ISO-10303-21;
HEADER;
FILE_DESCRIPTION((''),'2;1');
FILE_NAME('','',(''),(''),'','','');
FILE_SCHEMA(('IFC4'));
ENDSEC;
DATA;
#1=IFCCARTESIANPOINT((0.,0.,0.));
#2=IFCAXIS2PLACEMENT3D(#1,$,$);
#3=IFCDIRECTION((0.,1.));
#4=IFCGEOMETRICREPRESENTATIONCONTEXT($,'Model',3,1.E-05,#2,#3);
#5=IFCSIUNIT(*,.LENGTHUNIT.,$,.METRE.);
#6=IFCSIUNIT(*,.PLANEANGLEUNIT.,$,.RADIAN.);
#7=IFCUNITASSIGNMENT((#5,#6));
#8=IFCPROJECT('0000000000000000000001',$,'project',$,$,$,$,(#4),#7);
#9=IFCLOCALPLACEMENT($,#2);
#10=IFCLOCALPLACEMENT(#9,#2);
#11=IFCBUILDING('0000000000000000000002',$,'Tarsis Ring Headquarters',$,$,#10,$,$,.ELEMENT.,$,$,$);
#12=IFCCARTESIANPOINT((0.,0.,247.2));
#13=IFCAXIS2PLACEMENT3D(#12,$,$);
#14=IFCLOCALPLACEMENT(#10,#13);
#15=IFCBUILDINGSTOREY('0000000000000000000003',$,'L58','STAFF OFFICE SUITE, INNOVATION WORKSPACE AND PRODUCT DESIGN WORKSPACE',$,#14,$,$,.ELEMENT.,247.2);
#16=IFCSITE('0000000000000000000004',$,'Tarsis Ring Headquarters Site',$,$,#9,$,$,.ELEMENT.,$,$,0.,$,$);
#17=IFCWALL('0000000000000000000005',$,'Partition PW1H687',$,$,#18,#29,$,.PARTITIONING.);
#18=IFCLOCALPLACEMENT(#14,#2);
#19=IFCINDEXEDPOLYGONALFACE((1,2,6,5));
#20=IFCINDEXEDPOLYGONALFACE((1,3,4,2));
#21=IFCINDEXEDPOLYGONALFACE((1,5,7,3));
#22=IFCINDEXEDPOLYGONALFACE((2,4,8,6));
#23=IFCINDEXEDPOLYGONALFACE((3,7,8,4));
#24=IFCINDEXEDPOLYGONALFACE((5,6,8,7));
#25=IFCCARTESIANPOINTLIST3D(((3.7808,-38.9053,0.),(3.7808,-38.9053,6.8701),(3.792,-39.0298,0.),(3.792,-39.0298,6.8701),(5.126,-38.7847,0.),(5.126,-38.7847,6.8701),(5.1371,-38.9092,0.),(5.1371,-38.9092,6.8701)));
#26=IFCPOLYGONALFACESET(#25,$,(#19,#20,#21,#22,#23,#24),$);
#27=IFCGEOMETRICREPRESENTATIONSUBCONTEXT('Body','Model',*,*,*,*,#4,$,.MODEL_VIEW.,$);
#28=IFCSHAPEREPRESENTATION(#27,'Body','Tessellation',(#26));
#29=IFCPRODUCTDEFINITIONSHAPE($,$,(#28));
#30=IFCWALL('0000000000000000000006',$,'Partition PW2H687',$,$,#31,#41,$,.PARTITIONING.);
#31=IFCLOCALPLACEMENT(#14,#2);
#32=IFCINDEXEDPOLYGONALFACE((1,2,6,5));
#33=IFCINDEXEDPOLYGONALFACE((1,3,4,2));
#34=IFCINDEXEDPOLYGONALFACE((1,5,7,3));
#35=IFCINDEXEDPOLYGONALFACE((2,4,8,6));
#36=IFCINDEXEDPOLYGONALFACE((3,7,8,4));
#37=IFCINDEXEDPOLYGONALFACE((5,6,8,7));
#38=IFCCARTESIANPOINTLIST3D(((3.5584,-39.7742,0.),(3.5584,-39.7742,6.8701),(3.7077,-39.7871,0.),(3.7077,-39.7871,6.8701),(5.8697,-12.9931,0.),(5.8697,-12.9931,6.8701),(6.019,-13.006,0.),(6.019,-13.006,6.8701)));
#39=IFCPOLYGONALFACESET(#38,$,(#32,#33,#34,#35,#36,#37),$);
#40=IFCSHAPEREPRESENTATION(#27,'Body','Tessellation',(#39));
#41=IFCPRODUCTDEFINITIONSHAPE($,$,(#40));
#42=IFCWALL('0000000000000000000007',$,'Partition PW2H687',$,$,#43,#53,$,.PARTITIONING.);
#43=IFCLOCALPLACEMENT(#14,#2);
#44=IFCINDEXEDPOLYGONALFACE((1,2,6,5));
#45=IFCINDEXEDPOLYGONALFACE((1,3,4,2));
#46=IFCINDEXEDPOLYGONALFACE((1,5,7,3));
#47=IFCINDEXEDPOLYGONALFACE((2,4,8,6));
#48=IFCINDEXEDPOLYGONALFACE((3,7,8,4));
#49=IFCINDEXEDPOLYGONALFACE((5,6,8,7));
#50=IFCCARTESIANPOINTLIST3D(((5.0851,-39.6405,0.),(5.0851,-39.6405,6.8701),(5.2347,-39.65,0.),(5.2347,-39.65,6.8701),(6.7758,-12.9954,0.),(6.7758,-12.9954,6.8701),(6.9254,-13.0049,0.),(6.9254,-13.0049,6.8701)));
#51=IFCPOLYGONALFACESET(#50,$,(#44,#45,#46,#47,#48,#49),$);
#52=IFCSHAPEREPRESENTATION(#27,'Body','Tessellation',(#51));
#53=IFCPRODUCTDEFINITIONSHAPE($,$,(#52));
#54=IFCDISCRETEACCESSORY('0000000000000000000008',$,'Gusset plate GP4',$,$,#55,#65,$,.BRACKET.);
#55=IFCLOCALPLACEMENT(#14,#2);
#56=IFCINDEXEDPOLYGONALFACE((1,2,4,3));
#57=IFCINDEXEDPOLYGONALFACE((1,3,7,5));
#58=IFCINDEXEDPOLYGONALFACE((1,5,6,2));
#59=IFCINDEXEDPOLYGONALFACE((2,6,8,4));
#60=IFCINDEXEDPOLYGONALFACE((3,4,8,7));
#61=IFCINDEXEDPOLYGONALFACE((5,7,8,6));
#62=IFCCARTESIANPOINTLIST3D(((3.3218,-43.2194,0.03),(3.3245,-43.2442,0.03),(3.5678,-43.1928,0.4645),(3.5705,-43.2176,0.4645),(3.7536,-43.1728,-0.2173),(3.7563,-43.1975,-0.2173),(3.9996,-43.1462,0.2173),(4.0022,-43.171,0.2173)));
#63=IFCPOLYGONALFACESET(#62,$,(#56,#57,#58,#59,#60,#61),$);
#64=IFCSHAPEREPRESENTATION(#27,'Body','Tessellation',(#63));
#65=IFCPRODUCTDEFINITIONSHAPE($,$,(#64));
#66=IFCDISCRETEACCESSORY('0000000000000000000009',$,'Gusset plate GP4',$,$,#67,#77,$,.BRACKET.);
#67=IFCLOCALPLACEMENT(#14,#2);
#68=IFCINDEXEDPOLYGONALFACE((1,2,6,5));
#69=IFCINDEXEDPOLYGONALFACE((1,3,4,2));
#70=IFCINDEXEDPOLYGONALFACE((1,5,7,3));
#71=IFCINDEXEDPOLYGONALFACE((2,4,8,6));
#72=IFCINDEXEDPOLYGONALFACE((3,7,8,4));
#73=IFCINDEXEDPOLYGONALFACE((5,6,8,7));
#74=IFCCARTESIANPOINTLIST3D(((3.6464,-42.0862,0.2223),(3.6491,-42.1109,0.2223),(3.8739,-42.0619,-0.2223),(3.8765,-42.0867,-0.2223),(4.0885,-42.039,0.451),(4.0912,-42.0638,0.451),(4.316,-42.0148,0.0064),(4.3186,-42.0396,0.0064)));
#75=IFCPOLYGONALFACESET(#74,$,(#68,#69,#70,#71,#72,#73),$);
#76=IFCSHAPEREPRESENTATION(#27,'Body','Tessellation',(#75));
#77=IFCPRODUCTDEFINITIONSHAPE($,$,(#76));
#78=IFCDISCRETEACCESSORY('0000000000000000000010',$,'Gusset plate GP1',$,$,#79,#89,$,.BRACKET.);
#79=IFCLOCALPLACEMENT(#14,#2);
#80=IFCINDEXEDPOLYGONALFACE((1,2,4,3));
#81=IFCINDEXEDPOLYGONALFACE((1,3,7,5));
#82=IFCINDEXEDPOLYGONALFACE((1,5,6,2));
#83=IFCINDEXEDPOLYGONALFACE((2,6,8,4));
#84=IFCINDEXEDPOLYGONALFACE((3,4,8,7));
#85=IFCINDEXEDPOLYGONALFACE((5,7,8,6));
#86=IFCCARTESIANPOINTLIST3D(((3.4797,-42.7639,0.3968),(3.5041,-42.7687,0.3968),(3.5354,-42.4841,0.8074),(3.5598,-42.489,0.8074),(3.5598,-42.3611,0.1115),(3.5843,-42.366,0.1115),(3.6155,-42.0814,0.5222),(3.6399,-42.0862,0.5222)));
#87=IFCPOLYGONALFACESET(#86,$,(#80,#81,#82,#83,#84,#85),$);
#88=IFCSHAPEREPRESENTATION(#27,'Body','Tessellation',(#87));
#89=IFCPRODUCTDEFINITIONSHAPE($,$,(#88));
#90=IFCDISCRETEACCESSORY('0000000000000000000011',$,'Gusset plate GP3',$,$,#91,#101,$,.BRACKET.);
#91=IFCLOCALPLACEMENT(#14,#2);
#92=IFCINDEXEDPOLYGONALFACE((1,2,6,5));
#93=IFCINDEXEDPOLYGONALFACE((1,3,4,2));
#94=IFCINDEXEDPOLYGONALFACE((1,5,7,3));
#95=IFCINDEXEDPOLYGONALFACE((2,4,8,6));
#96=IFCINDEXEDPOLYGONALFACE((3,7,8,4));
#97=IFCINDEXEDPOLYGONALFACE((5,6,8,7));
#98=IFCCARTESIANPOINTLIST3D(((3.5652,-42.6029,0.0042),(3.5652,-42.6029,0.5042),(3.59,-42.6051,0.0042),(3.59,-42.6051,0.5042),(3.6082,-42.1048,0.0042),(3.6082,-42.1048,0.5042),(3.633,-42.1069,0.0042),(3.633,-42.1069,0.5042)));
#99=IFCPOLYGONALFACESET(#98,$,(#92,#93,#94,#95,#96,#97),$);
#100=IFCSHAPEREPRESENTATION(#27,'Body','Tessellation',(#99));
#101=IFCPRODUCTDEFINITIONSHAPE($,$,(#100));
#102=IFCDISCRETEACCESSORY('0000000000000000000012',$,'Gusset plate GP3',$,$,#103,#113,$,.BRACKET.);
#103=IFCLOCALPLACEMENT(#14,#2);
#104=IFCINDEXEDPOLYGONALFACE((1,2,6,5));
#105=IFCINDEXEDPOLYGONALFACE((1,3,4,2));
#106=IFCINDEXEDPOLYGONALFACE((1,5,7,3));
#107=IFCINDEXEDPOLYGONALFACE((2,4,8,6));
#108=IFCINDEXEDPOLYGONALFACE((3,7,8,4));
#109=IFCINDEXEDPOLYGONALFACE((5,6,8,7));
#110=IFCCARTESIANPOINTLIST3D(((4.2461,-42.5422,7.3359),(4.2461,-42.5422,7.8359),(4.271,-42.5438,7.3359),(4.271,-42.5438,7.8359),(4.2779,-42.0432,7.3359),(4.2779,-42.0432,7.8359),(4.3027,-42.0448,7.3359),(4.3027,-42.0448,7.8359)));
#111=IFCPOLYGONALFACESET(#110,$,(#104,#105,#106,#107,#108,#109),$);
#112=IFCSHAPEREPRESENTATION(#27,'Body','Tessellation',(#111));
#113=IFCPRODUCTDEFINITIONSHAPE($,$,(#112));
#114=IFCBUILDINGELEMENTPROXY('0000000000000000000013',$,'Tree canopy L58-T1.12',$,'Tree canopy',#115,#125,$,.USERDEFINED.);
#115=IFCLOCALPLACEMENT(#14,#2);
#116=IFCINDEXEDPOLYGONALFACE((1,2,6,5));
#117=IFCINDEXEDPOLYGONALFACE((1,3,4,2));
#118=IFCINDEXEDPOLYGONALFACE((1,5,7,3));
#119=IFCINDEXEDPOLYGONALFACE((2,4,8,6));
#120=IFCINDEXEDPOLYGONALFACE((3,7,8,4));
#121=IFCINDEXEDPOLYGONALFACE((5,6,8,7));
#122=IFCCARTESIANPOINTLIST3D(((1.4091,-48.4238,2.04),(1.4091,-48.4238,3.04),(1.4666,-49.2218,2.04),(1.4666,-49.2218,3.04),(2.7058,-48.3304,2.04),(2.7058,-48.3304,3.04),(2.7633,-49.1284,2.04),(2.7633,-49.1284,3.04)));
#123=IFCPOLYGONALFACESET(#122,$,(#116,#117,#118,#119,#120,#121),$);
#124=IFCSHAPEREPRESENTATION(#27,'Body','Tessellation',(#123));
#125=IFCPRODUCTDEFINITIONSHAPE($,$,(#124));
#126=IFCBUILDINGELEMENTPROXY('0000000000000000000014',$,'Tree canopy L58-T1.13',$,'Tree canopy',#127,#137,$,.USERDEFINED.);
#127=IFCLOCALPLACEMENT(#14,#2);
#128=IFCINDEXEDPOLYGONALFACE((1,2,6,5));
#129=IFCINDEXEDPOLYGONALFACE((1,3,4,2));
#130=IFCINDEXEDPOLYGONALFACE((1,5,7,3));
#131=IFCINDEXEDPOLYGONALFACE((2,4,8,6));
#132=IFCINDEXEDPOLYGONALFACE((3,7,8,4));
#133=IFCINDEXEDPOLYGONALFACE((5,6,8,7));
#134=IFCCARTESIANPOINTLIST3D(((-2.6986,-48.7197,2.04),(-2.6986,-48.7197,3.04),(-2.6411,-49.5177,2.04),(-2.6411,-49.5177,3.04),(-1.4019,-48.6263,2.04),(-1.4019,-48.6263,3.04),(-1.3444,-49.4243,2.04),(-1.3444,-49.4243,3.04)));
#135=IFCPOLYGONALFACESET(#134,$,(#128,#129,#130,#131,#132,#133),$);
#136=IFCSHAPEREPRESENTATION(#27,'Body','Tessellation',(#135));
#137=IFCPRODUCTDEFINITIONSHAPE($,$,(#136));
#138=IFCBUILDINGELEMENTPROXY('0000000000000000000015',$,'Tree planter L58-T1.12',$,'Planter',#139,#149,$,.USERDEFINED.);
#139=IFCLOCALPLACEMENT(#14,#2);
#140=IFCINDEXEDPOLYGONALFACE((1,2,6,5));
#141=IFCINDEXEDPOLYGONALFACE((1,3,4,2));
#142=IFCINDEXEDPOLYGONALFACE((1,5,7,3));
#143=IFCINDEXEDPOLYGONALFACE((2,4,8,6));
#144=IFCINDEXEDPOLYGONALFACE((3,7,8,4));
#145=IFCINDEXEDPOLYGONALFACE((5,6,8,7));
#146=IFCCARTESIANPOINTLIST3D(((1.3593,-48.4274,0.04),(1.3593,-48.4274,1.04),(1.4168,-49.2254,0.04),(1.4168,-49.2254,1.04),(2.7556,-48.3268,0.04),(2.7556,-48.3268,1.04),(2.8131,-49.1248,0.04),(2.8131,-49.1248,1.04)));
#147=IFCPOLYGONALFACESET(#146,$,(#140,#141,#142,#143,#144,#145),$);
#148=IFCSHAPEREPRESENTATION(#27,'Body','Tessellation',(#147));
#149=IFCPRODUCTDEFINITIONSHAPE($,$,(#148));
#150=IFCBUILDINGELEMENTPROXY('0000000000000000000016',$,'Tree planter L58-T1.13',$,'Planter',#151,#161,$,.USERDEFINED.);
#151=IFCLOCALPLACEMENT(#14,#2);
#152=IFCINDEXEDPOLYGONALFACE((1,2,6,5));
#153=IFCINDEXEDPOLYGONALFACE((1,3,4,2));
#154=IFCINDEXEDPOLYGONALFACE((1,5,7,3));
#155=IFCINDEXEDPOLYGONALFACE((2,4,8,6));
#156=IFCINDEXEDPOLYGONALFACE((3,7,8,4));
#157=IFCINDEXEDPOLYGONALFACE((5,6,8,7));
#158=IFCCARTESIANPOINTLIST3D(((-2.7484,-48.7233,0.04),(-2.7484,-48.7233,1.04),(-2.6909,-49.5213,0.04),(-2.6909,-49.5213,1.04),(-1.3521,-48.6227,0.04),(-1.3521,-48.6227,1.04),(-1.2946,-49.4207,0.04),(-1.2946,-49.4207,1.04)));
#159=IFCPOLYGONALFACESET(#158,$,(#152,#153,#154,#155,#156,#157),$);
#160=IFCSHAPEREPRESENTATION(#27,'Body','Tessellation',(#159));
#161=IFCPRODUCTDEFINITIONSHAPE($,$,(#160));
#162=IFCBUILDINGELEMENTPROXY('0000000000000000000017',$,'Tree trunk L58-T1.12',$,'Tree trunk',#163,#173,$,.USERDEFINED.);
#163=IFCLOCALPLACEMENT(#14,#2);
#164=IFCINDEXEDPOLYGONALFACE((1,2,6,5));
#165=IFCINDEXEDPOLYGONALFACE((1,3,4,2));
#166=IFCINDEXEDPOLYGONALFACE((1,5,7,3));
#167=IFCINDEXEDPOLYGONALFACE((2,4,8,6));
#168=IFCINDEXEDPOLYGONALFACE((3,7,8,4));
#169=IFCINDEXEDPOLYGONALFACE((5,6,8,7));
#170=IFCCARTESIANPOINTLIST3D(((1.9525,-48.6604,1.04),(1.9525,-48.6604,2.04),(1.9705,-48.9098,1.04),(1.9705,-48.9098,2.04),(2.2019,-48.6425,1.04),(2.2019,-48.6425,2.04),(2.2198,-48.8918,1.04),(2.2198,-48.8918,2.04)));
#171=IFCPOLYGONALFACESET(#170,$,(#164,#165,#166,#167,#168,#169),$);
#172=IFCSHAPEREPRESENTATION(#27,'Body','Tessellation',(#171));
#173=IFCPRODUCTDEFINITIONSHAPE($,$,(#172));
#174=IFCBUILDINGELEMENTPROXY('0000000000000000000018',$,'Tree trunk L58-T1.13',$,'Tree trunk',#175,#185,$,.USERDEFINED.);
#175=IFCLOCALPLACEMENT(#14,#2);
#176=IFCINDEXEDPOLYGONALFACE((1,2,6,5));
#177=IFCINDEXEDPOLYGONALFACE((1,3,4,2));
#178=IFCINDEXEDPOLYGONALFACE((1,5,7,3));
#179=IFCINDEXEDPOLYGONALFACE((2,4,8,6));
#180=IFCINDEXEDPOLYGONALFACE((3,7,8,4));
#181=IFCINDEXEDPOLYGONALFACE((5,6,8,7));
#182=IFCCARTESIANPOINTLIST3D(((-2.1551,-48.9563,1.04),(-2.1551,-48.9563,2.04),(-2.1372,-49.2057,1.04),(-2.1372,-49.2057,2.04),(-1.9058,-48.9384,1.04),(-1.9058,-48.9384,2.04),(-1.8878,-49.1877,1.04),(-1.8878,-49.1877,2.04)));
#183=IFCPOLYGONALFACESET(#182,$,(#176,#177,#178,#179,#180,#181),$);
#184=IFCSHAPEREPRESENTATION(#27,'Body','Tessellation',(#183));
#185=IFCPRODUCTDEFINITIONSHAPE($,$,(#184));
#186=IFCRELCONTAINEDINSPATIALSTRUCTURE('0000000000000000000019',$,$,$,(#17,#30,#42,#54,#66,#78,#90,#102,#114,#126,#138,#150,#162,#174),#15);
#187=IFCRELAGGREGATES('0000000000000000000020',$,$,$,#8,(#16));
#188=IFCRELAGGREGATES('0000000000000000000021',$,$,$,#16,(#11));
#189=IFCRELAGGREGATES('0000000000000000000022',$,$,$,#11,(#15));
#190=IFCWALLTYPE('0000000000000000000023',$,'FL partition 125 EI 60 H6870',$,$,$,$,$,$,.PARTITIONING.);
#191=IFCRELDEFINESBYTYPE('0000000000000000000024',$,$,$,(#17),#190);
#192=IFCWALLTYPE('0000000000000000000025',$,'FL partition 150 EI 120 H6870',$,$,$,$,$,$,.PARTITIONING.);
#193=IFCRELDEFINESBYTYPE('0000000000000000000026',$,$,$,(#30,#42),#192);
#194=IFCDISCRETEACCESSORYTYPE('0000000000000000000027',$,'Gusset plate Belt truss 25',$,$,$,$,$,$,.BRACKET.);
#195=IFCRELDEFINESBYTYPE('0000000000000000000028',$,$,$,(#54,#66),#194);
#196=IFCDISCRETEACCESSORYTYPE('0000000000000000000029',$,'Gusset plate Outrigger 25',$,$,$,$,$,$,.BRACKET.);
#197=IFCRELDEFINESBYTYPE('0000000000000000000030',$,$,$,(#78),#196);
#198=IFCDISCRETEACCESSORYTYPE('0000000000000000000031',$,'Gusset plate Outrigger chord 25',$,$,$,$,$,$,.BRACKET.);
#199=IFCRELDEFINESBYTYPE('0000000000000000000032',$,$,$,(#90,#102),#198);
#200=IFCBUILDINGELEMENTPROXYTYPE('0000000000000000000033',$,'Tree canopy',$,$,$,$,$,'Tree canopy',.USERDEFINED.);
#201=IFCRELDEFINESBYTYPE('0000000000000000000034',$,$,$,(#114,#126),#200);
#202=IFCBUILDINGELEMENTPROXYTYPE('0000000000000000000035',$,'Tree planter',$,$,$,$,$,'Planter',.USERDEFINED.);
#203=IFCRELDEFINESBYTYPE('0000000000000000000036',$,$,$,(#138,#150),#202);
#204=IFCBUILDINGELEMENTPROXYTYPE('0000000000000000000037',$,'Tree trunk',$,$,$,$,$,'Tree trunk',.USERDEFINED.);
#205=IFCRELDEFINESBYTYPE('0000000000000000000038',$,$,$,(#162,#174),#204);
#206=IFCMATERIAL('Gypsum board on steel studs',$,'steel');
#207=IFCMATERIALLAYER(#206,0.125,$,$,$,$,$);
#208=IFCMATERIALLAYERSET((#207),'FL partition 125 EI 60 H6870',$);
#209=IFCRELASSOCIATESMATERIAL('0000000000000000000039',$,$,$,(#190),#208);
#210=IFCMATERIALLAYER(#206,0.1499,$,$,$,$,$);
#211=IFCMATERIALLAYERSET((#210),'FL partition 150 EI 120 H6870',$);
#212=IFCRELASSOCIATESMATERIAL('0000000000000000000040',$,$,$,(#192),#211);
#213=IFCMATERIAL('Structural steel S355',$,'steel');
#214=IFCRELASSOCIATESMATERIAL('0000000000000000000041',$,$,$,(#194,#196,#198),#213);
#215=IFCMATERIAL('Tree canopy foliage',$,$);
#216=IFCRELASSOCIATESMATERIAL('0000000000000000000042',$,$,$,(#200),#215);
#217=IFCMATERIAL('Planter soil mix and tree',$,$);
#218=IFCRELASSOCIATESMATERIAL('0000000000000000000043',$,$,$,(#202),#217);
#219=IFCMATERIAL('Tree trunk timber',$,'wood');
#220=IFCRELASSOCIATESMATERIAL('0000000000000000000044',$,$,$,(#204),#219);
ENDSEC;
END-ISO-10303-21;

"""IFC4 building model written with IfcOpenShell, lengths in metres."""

from ifc_helpers import new_model, si_unit, direction, frame, frame_2d, origin, origin_2d, place, context, subcontext, project, spatial, rectangle, extrude, material, layer, layer_set, material_profile, profile_set, type_object, element, save


model = new_model("IFC4")

# Units and contexts
model_context = context("Model", 3, precision=1e-05, world=origin(), true_north=direction((0.0, 1.0)))
body_context = subcontext(model_context, "Body", "Model", "MODEL_VIEW")
ifc_project = project(units=[si_unit("LENGTHUNIT", "METRE"), si_unit("PLANEANGLEUNIT", "RADIAN")], contexts=[model_context])

# Site, building, storey
site_placement = place(None, origin())
site = spatial("IfcSite", under=ifc_project, at=site_placement, Name="Tarsis Ring Headquarters Site", CompositionType="ELEMENT", RefElevation=0.0)
building_placement = place(site_placement, origin())
building = spatial("IfcBuilding", under=site, at=building_placement, Name="Tarsis Ring Headquarters", CompositionType="ELEMENT")
storey_placement = place(building_placement, frame((0.0, 0.0, 247.2)))
storey = spatial("IfcBuildingStorey", under=building, at=storey_placement, Name="L58", Description="STAFF OFFICE SUITE, INNOVATION WORKSPACE AND PRODUCT DESIGN WORKSPACE", CompositionType="ELEMENT", Elevation=247.2)

# Shared definitions
ifc_material_1 = material(Name="Structural steel S355", Category="steel")

# Walls
ifc_material_2 = material(Name="Gypsum board on steel studs", Category="steel")
ifc_layer_1 = layer(ifc_material_2, 0.125)
ifc_layer_set_1 = layer_set([ifc_layer_1], Name="FL partition 125 EI 60 H6870")
wall_type_1 = type_object("IfcWallType", Name="FL partition 125 EI 60 H6870", PredefinedType="PARTITIONING", material=ifc_layer_set_1)
wall_1_placement = place(storey_placement, frame((3.7864, -38.9675, 0.0), z_axis=(0.0, 0.0, 1.0), x_axis=(0.996005, 0.089297, 0.0)))
element("IfcWall", 1, at=wall_1_placement, inside=storey, type_object=wall_type_1, Name="Partition PW1H687", PredefinedType="PARTITIONING", context=body_context, shape_type="SweptSolid", body=[
    extrude(rectangle(XDim=1.3506, YDim=0.125, at=frame_2d((0.6753, 0.0))), origin(), (0.0, 0.0, 1.0), 6.8701),
])
ifc_layer_2 = layer(ifc_material_2, 0.1499)
ifc_layer_set_2 = layer_set([ifc_layer_2], Name="FL partition 150 EI 120 H6870")
wall_type_2 = type_object("IfcWallType", Name="FL partition 150 EI 120 H6870", PredefinedType="PARTITIONING", material=ifc_layer_set_2)
wall_2_placement = place(storey_placement, frame((3.6331, -39.7808, 0.0), z_axis=(0.0, 0.0, 1.0), x_axis=(0.085983, 0.996297, 0.0)))
element("IfcWall", 2, at=wall_2_placement, inside=storey, type_object=wall_type_2, Name="Partition PW2H687", PredefinedType="PARTITIONING", context=body_context, shape_type="SweptSolid", body=[
    extrude(rectangle(XDim=26.8806, YDim=0.1499, at=frame_2d((13.4404, 0.0))), origin(), (0.0, 0.0, 1.0), 6.8701),
])
wall_3_placement = place(storey_placement, frame((5.1599, -39.6453, 0.0), z_axis=(0.0, 0.0, 1.0), x_axis=(0.063324, 0.997993, 0.0)))
element("IfcWall", 3, at=wall_3_placement, inside=storey, type_object=wall_type_2, Name="Partition PW2H687", PredefinedType="PARTITIONING", context=body_context, shape_type="SweptSolid", body=[
    extrude(rectangle(XDim=26.6987, YDim=0.1499, at=frame_2d((13.3494, 0.0))), origin(), (0.0, 0.0, 1.0), 6.8701),
])

# Discrete accessories
ifc_material_profile_1 = material_profile(ifc_material_1, rectangle(XDim=0.0249, YDim=0.5, at=origin_2d()), Name="PL 25x500")
ifc_profile_set_1 = profile_set([ifc_material_profile_1], Name="Structural steel S355")
discrete_accessory_type_1 = type_object("IfcDiscreteAccessoryType", Name="Gusset plate Belt truss 25", PredefinedType="BRACKET", material=ifc_profile_set_1)
discrete_accessory_1_placement = place(storey_placement, frame((3.8779, -43.1719, 0.0), z_axis=(-0.864006, -0.093287, 0.494764), x_axis=(0.107347, -0.994222, 0.0)))
element("IfcDiscreteAccessory", 4, at=discrete_accessory_1_placement, inside=storey, type_object=discrete_accessory_type_1, Name="Gusset plate GP4", PredefinedType="BRACKET", context=body_context, shape_type="SweptSolid", body=[
    extrude(rectangle(XDim=0.0249, YDim=0.5, at=origin_2d()), origin(), (0.0, 0.0, 1.0), 0.4998),
])
discrete_accessory_2_placement = place(storey_placement, frame((3.7615, -42.0864, 0.0), z_axis=(0.88421, 0.094231, 0.457485), x_axis=(-0.105971, 0.994369, 0.0)))
element("IfcDiscreteAccessory", 5, at=discrete_accessory_2_placement, inside=storey, type_object=discrete_accessory_type_1, Name="Gusset plate GP4", PredefinedType="BRACKET", context=body_context, shape_type="SweptSolid", body=[
    extrude(rectangle(XDim=0.0249, YDim=0.5, at=origin_2d()), origin(), (0.0, 0.0, 1.0), 0.5),
])
discrete_accessory_type_2 = type_object("IfcDiscreteAccessoryType", Name="Gusset plate Outrigger 25", PredefinedType="BRACKET", material=ifc_profile_set_1)
discrete_accessory_3_placement = place(storey_placement, frame((3.532, -42.5649, 0.2542), z_axis=(0.111327, 0.559562, 0.821277), x_axis=(-0.980778, 0.195129, 0.0)))
element("IfcDiscreteAccessory", 6, at=discrete_accessory_3_placement, inside=storey, type_object=discrete_accessory_type_2, Name="Gusset plate GP1", PredefinedType="BRACKET", context=body_context, shape_type="SweptSolid", body=[
    extrude(rectangle(XDim=0.0249, YDim=0.5, at=origin_2d()), origin(), (0.0, 0.0, 1.0), 0.5),
])
discrete_accessory_type_3 = type_object("IfcDiscreteAccessoryType", Name="Gusset plate Outrigger chord 25", PredefinedType="BRACKET", material=ifc_profile_set_1)
for number, where, z_axis, x_axis, name in (
    (7, (3.5776, -42.604, 0.2542), (0.085955, 0.996299, 0.0), (-0.996299, 0.085955, 0.0), "Gusset plate GP3"),
    (8, (4.2585, -42.543, 7.5859), (0.063473, 0.997984, 0.0), (-0.997984, 0.063473, 0.0), "Gusset plate GP3"),
):
    element("IfcDiscreteAccessory", number, at=place(storey_placement, frame(where, z_axis=z_axis, x_axis=x_axis)), inside=storey, type_object=discrete_accessory_type_3, Name=name, PredefinedType="BRACKET", context=body_context, shape_type="SweptSolid", body=[
        extrude(rectangle(XDim=0.0249, YDim=0.5, at=origin_2d()), origin(), (0.0, 0.0, 1.0), 0.5),
    ])

# Building element proxies
ifc_material_3 = material(Name="Tree canopy foliage")
building_element_proxy_type_1 = type_object("IfcBuildingElementProxyType", Name="Tree canopy", ElementType="Tree canopy", PredefinedType="USERDEFINED", material=ifc_material_3)
for number, where, z_axis, x_axis, name in (
    (9, (2.0862, -48.7761, 2.04), (0.0, 0.0, 1.0), (-0.997416, -0.071846, 0.0), "Tree canopy L58-T1.12"),
    (10, (-2.0215, -49.072, 2.04), (0.0, 0.0, 1.0), (-0.997416, -0.071846, 0.0), "Tree canopy L58-T1.13"),
):
    element("IfcBuildingElementProxy", number, at=place(storey_placement, frame(where, z_axis=z_axis, x_axis=x_axis)), inside=storey, type_object=building_element_proxy_type_1, Name=name, ObjectType="Tree canopy", PredefinedType="USERDEFINED", context=body_context, shape_type="SweptSolid", body=[
        extrude(rectangle(XDim=1.3, YDim=0.8, at=origin_2d()), origin(), (0.0, 0.0, 1.0), 1.0),
    ])
ifc_material_4 = material(Name="Planter soil mix and tree")
building_element_proxy_type_2 = type_object("IfcBuildingElementProxyType", Name="Tree planter", ElementType="Planter", PredefinedType="USERDEFINED", material=ifc_material_4)
for number, where, z_axis, x_axis, name in (
    (11, (2.0862, -48.7761, 0.04), (0.0, 0.0, 1.0), (-0.997416, -0.071846, 0.0), "Tree planter L58-T1.12"),
    (12, (-2.0215, -49.072, 0.04), (0.0, 0.0, 1.0), (-0.997416, -0.071846, 0.0), "Tree planter L58-T1.13"),
):
    element("IfcBuildingElementProxy", number, at=place(storey_placement, frame(where, z_axis=z_axis, x_axis=x_axis)), inside=storey, type_object=building_element_proxy_type_2, Name=name, ObjectType="Planter", PredefinedType="USERDEFINED", context=body_context, shape_type="SweptSolid", body=[
        extrude(rectangle(XDim=1.3999, YDim=0.8, at=origin_2d()), origin(), (0.0, 0.0, 1.0), 1.0),
    ])
ifc_material_5 = material(Name="Tree trunk timber", Category="wood")
building_element_proxy_type_3 = type_object("IfcBuildingElementProxyType", Name="Tree trunk", ElementType="Tree trunk", PredefinedType="USERDEFINED", material=ifc_material_5)
for number, where, z_axis, x_axis, name in (
    (13, (2.0862, -48.7761, 1.04), (0.0, 0.0, 1.0), (-0.997416, -0.071846, 0.0), "Tree trunk L58-T1.12"),
    (14, (-2.0215, -49.072, 1.04), (0.0, 0.0, 1.0), (-0.997416, -0.071846, 0.0), "Tree trunk L58-T1.13"),
):
    element("IfcBuildingElementProxy", number, at=place(storey_placement, frame(where, z_axis=z_axis, x_axis=x_axis)), inside=storey, type_object=building_element_proxy_type_3, Name=name, ObjectType="Tree trunk", PredefinedType="USERDEFINED", context=body_context, shape_type="SweptSolid", body=[
        extrude(rectangle(XDim=0.25, YDim=0.25, at=origin_2d()), origin(), (0.0, 0.0, 1.0), 1.0),
    ])

save(model, "model.ifc")
